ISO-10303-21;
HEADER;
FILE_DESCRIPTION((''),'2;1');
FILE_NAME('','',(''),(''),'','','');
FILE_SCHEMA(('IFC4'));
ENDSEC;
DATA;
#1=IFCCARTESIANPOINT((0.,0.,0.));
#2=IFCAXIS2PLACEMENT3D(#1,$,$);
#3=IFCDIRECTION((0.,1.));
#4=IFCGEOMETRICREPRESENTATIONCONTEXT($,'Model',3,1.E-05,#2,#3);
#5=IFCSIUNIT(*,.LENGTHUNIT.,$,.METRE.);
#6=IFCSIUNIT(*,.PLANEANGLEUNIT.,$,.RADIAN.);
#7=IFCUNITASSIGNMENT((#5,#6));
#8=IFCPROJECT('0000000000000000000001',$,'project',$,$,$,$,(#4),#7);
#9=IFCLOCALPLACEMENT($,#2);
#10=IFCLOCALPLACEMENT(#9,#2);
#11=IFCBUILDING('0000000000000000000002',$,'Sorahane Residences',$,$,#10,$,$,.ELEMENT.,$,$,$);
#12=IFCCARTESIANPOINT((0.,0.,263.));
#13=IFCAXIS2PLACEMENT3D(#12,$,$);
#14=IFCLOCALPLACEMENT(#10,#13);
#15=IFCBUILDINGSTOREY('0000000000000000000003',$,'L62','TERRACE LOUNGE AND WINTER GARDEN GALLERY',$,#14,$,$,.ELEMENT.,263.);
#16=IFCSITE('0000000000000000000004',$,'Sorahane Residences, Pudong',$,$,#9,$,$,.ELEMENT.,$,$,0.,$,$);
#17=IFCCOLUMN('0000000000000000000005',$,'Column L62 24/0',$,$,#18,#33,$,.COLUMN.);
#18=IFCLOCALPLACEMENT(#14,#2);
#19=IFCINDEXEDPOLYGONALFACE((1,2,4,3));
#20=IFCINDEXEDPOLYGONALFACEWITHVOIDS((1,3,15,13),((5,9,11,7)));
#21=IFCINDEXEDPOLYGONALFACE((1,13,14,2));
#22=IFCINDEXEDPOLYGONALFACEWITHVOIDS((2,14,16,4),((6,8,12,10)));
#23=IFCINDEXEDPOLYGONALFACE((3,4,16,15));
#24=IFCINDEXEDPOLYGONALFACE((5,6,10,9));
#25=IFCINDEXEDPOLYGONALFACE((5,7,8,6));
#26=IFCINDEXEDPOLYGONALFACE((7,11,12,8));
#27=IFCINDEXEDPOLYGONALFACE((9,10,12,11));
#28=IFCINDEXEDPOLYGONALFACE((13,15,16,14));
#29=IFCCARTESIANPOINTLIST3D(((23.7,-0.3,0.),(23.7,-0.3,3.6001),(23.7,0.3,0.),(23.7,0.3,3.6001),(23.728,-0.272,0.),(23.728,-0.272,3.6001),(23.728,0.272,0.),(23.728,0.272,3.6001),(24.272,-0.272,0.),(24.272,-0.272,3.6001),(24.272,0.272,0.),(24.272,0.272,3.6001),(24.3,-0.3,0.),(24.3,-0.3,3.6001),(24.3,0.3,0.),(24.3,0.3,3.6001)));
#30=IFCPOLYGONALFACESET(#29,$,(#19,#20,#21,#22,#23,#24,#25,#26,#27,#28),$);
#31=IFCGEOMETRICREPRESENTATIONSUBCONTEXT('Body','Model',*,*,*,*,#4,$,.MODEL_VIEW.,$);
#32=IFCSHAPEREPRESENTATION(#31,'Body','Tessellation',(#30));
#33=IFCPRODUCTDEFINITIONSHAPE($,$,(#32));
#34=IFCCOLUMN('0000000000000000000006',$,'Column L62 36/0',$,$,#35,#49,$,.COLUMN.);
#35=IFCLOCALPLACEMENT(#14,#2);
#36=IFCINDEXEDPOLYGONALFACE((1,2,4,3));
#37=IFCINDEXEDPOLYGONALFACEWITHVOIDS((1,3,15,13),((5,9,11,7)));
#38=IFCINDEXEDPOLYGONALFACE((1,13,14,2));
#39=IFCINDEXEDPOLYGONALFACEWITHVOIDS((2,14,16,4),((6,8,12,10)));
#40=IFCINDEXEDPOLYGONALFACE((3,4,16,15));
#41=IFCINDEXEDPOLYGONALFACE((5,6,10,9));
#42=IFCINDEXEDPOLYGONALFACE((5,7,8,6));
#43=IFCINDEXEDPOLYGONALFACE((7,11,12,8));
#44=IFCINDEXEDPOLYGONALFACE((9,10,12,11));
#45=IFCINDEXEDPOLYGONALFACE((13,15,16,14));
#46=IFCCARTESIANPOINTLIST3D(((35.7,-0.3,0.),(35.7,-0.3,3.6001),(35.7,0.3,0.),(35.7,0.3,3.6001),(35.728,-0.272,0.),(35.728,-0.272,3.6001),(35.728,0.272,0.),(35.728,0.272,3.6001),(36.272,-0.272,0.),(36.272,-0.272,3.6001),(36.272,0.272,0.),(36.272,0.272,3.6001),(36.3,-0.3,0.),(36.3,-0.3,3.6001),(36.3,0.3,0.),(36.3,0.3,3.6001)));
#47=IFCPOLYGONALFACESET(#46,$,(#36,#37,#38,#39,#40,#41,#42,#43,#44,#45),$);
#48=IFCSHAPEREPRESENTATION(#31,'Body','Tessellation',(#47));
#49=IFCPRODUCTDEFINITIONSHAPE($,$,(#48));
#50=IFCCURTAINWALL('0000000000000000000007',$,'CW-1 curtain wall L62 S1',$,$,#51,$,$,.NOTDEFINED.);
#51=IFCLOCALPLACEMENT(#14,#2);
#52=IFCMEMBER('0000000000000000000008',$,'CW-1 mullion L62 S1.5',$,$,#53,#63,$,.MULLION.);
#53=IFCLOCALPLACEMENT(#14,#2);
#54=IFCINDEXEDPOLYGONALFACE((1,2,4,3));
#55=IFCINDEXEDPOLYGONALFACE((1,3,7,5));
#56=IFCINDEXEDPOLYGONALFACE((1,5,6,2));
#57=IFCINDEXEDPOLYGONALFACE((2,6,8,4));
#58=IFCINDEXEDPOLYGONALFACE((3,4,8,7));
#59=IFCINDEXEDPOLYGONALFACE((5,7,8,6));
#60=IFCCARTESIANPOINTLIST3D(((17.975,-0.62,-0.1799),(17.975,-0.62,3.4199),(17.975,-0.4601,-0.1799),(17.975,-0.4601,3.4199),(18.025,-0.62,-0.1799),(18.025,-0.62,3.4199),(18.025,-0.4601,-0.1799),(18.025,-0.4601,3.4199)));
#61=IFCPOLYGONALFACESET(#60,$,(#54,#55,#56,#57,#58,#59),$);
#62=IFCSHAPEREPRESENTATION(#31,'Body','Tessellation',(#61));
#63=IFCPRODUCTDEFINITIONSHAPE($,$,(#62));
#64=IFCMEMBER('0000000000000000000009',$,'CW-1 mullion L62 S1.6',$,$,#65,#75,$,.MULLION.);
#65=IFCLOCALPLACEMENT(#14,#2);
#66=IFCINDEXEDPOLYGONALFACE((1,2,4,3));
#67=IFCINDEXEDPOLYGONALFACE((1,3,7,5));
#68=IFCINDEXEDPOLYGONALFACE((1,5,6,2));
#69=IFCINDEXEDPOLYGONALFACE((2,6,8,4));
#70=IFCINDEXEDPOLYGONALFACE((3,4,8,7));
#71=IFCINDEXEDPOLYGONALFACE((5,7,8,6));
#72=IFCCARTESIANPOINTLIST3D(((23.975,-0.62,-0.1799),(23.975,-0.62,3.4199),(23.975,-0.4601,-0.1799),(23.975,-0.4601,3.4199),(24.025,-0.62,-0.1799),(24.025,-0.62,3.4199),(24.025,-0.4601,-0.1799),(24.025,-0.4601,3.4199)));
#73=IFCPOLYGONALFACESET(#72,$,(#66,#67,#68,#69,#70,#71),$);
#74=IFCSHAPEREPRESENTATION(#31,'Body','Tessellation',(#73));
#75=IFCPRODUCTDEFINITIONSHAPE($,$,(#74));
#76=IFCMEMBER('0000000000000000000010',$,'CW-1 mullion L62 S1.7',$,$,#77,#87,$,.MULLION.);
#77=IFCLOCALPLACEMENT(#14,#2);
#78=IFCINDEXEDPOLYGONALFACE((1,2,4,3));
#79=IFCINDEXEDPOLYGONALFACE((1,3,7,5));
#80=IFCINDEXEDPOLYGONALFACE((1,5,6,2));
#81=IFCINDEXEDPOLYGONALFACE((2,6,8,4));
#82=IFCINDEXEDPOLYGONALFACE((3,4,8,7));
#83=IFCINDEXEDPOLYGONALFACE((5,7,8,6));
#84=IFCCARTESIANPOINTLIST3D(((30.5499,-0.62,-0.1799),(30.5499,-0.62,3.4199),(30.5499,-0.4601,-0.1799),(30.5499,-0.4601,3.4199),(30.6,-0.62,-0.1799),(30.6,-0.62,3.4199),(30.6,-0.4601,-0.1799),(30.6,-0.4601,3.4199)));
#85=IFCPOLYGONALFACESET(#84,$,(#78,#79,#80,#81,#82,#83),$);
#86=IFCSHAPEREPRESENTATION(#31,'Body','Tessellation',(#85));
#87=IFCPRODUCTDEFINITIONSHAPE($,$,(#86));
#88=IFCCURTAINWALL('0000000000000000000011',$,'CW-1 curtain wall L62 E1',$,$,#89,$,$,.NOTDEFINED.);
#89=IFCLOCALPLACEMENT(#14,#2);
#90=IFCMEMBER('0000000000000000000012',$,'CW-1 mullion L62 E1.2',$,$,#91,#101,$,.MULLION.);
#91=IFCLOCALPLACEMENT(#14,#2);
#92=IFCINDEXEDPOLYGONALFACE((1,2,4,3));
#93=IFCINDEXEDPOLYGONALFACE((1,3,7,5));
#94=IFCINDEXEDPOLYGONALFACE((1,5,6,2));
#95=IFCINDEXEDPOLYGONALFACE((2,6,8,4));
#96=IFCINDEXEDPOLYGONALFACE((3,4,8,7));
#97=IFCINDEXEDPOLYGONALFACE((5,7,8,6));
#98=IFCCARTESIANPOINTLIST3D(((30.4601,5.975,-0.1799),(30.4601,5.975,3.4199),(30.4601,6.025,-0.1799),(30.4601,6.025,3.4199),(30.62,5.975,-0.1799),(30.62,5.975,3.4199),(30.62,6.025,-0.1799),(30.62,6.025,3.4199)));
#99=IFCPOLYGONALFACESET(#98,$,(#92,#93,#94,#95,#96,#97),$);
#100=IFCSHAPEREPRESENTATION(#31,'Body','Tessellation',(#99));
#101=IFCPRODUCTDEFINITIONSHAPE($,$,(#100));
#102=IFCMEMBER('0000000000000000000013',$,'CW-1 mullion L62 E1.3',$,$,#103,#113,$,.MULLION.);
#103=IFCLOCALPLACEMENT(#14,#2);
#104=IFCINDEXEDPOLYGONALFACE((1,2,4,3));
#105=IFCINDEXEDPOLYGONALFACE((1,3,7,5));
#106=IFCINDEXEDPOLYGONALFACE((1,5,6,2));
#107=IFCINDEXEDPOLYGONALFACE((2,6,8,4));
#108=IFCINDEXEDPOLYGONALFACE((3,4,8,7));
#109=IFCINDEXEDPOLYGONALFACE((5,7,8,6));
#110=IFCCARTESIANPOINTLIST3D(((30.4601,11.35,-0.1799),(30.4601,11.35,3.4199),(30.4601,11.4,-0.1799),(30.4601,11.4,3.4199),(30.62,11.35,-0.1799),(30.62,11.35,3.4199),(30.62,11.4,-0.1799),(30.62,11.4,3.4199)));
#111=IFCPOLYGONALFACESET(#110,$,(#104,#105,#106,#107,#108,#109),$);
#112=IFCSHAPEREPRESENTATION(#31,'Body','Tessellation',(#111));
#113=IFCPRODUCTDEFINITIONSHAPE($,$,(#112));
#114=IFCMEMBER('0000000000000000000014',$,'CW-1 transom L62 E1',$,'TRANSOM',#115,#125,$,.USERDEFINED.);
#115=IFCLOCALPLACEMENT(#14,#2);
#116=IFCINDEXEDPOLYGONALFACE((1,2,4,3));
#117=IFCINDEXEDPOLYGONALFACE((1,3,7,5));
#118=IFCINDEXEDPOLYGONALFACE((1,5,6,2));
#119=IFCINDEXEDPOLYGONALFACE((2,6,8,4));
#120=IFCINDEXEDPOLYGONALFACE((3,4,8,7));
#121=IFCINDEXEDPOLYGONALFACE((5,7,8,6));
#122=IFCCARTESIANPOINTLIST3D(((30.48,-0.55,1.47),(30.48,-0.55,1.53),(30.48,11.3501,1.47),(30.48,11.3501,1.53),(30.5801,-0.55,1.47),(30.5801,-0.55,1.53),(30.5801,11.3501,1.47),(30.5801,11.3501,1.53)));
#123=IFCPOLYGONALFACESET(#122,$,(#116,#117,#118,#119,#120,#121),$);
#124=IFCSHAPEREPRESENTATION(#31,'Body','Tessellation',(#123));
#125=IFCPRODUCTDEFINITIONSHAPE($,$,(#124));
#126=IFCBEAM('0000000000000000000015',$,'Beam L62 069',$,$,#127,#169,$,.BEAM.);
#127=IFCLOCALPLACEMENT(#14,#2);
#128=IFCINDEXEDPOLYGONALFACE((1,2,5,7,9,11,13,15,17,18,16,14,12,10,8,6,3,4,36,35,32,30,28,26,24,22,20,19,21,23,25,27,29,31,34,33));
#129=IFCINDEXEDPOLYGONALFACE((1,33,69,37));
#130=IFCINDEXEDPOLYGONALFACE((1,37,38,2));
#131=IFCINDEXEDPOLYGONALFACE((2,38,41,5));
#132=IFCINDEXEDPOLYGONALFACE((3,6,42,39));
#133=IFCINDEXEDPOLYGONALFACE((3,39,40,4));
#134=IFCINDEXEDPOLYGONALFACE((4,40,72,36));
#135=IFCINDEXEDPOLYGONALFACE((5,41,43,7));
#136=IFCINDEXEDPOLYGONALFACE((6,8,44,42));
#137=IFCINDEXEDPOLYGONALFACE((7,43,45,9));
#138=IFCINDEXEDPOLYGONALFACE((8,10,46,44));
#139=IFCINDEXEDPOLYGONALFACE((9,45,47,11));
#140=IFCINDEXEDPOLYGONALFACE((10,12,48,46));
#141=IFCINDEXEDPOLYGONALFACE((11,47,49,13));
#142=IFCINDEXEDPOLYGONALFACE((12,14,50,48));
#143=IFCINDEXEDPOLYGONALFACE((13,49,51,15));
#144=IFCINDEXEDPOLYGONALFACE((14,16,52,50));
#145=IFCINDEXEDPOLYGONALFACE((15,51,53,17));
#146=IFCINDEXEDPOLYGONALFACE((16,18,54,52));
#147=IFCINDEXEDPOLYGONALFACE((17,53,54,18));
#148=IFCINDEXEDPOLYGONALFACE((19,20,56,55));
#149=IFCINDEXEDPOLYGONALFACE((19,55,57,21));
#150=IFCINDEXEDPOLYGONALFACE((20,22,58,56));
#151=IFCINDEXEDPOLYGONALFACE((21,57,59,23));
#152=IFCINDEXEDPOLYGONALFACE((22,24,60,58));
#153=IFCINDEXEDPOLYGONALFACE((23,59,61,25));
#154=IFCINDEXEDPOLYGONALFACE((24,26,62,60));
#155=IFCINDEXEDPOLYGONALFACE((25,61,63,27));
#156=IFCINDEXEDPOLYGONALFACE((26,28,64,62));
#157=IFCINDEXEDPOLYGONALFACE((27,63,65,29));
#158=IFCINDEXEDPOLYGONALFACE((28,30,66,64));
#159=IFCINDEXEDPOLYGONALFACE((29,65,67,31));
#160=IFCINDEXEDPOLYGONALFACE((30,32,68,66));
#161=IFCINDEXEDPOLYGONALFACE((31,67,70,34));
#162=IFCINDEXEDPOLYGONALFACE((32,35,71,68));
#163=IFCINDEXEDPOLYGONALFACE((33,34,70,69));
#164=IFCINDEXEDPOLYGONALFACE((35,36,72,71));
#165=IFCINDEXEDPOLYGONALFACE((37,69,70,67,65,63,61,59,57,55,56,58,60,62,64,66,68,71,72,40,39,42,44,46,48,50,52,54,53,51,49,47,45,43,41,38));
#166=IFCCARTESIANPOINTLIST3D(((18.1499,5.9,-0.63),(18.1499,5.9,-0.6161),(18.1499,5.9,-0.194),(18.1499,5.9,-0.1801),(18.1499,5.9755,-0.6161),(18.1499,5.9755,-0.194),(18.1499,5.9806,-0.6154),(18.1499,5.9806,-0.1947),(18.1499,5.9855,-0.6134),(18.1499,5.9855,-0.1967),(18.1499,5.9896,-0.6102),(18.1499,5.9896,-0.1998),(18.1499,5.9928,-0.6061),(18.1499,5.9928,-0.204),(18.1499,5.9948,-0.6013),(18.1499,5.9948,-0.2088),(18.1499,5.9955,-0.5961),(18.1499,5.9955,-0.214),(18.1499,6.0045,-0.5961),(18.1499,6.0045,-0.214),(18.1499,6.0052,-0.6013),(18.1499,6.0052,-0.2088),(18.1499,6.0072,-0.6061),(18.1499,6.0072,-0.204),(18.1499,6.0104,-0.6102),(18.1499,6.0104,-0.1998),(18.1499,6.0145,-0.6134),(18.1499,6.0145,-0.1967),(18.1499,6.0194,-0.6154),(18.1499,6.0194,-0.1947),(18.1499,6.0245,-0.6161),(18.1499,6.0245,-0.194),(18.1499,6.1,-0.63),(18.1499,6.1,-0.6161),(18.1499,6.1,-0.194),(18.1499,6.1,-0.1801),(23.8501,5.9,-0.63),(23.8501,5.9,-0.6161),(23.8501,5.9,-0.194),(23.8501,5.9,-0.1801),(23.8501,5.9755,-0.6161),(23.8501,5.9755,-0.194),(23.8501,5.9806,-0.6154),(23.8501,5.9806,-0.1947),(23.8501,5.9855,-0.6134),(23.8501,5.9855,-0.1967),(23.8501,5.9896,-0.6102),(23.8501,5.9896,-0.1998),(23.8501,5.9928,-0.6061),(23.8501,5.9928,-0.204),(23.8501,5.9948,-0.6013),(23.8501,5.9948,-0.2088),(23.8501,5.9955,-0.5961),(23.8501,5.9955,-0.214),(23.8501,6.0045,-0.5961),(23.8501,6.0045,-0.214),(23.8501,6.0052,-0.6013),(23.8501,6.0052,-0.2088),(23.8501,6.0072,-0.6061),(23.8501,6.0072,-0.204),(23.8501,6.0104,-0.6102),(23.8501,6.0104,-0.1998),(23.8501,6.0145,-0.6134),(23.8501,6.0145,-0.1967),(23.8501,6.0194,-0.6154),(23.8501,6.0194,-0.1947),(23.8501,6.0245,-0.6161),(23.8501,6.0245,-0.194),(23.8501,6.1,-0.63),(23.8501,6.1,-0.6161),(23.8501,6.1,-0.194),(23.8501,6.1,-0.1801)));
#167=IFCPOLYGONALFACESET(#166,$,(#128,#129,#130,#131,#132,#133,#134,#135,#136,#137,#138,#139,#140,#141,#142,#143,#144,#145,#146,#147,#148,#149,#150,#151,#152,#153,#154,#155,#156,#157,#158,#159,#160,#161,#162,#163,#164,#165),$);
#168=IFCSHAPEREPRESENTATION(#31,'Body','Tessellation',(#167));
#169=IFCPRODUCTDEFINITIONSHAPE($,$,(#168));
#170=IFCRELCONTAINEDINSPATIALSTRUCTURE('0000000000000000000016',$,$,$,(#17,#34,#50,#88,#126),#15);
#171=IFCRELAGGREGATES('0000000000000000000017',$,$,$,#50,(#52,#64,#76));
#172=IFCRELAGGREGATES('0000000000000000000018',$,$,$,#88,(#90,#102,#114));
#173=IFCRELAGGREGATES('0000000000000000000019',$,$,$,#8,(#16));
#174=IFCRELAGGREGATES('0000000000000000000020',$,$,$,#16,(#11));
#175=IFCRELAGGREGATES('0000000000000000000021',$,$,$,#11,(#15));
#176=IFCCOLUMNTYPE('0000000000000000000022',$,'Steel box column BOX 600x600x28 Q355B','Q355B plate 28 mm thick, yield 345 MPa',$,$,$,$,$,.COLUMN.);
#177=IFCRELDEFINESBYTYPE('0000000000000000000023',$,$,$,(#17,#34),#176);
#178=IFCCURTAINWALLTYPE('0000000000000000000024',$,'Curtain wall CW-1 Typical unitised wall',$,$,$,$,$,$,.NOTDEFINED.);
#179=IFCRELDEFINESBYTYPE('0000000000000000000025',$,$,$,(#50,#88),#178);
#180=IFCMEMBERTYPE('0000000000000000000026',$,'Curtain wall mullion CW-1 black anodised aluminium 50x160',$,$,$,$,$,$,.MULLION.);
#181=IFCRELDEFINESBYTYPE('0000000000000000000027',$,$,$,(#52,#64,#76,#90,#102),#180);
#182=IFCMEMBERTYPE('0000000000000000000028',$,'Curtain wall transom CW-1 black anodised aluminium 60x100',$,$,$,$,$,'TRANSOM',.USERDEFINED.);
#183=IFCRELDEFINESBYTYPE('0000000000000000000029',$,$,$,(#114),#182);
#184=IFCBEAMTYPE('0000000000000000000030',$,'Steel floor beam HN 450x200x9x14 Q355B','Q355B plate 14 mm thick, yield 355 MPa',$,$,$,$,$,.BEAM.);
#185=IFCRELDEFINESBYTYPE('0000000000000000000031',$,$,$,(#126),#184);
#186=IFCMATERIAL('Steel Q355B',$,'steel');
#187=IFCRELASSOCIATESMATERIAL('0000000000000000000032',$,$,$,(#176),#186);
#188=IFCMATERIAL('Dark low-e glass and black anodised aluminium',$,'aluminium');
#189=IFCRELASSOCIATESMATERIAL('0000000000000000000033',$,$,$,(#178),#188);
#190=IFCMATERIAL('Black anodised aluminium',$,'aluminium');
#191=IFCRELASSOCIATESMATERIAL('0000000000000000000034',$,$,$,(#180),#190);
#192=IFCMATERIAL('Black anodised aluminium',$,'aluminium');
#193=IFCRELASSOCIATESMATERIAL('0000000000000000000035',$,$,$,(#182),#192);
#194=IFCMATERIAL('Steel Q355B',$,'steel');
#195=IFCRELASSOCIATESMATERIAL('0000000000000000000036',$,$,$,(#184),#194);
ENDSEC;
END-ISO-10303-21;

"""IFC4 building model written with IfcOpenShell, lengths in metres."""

from ifc_helpers import new_model, si_unit, direction, frame, origin, origin_2d, place, context, subcontext, project, spatial, rectangle, hollow_rectangle, i_section, extrude, material, material_profile, profile_set, type_object, element, aggregate, save


model = new_model("IFC4")

# Units and contexts
model_context = context("Model", 3, precision=1e-05, world=origin(), true_north=direction((0.0, 1.0)))
body_context = subcontext(model_context, "Body", "Model", "MODEL_VIEW")
ifc_project = project(units=[si_unit("LENGTHUNIT", "METRE"), si_unit("PLANEANGLEUNIT", "RADIAN")], contexts=[model_context])

# Site, building, storey
site_placement = place(None, origin())
site = spatial("IfcSite", under=ifc_project, at=site_placement, Name="Sorahane Residences, Pudong", CompositionType="ELEMENT", RefElevation=0.0)
building_placement = place(site_placement, origin())
building = spatial("IfcBuilding", under=site, at=building_placement, Name="Sorahane Residences", CompositionType="ELEMENT")
storey_placement = place(building_placement, frame((0.0, 0.0, 263.0)))
storey = spatial("IfcBuildingStorey", under=building, at=storey_placement, Name="L62", Description="TERRACE LOUNGE AND WINTER GARDEN GALLERY", CompositionType="ELEMENT", Elevation=263.0)

# Columns
ifc_material_1 = material(Name="Steel Q355B", Category="steel")
ifc_material_profile_1 = material_profile(ifc_material_1, hollow_rectangle(XDim=0.6001, YDim=0.6001, WallThickness=0.0281, at=origin_2d()), Name="BOX 600x600x28")
ifc_profile_set_1 = profile_set([ifc_material_profile_1], Name="Steel Q355B")
column_type = type_object("IfcColumnType", Name="Steel box column BOX 600x600x28 Q355B", Description="Q355B plate 28 mm thick, yield 345 MPa", PredefinedType="COLUMN", material=ifc_profile_set_1)
for number, where, z_axis, x_axis, name in (
    (1, (24.0, 0.0, 0.0), (0.0, 0.0, 1.0), (1.0, 0.0, 0.0), "Column L62 24/0"),
    (2, (36.0, 0.0, 0.0), (0.0, 0.0, 1.0), (1.0, 0.0, 0.0), "Column L62 36/0"),
):
    element("IfcColumn", number, at=place(storey_placement, frame(where, z_axis=z_axis, x_axis=x_axis)), inside=storey, type_object=column_type, Name=name, PredefinedType="COLUMN", context=body_context, shape_type="SweptSolid", body=[
        extrude(hollow_rectangle(XDim=0.6001, YDim=0.6001, WallThickness=0.0281, at=origin_2d()), origin(), (0.0, 0.0, 1.0), 3.6001),
    ])

# Curtain walls, members
ifc_material_2 = material(Name="Dark low-e glass and black anodised aluminium", Category="aluminium")
curtain_wall_type = type_object("IfcCurtainWallType", Name="Curtain wall CW-1 Typical unitised wall", PredefinedType="NOTDEFINED", material=ifc_material_2)
curtain_wall_1_placement = place(storey_placement, origin())
curtain_wall_1 = element("IfcCurtainWall", 3, at=curtain_wall_1_placement, inside=storey, type_object=curtain_wall_type, Name="CW-1 curtain wall L62 S1", PredefinedType="NOTDEFINED")
ifc_material_3 = material(Name="Black anodised aluminium", Category="aluminium")
ifc_material_profile_2 = material_profile(ifc_material_3, rectangle(XDim=0.1599, YDim=0.05, at=origin_2d()), Name="Curtain wall mullion CW-1 black anodised aluminium 50x160")
ifc_profile_set_2 = profile_set([ifc_material_profile_2], Name="Black anodised aluminium")
member_type_1 = type_object("IfcMemberType", Name="Curtain wall mullion CW-1 black anodised aluminium 50x160", PredefinedType="MULLION", material=ifc_profile_set_2)
member_1_placement = place(storey_placement, frame((18.0, -0.54, -0.1799), z_axis=(0.0, 0.0, 1.0), x_axis=(0.0, -1.0, 0.0)))
member_1 = element("IfcMember", 4, at=member_1_placement, type_object=member_type_1, Name="CW-1 mullion L62 S1.5", PredefinedType="MULLION", context=body_context, shape_type="SweptSolid", body=[
    extrude(rectangle(XDim=0.1599, YDim=0.05, at=origin_2d()), origin(), (0.0, 0.0, 1.0), 3.5999),
])
member_2_placement = place(storey_placement, frame((24.0, -0.54, -0.1799), z_axis=(0.0, 0.0, 1.0), x_axis=(0.0, -1.0, 0.0)))
member_2 = element("IfcMember", 5, at=member_2_placement, type_object=member_type_1, Name="CW-1 mullion L62 S1.6", PredefinedType="MULLION", context=body_context, shape_type="SweptSolid", body=[
    extrude(rectangle(XDim=0.1599, YDim=0.05, at=origin_2d()), origin(), (0.0, 0.0, 1.0), 3.5999),
])
member_3_placement = place(storey_placement, frame((30.575, -0.54, -0.1799), z_axis=(0.0, 0.0, 1.0), x_axis=(0.0, -1.0, 0.0)))
member_3 = element("IfcMember", 6, at=member_3_placement, type_object=member_type_1, Name="CW-1 mullion L62 S1.7", PredefinedType="MULLION", context=body_context, shape_type="SweptSolid", body=[
    extrude(rectangle(XDim=0.1599, YDim=0.05, at=origin_2d()), origin(), (0.0, 0.0, 1.0), 3.5999),
])
curtain_wall_2_placement = place(storey_placement, origin())
curtain_wall_2 = element("IfcCurtainWall", 7, at=curtain_wall_2_placement, inside=storey, type_object=curtain_wall_type, Name="CW-1 curtain wall L62 E1", PredefinedType="NOTDEFINED")
member_4_placement = place(storey_placement, frame((30.54, 6.0, -0.1799), z_axis=(0.0, 0.0, 1.0), x_axis=(1.0, 0.0, 0.0)))
member_4 = element("IfcMember", 8, at=member_4_placement, type_object=member_type_1, Name="CW-1 mullion L62 E1.2", PredefinedType="MULLION", context=body_context, shape_type="SweptSolid", body=[
    extrude(rectangle(XDim=0.1599, YDim=0.05, at=origin_2d()), origin(), (0.0, 0.0, 1.0), 3.5999),
])
member_5_placement = place(storey_placement, frame((30.54, 11.375, -0.1799), z_axis=(0.0, 0.0, 1.0), x_axis=(1.0, 0.0, 0.0)))
member_5 = element("IfcMember", 9, at=member_5_placement, type_object=member_type_1, Name="CW-1 mullion L62 E1.3", PredefinedType="MULLION", context=body_context, shape_type="SweptSolid", body=[
    extrude(rectangle(XDim=0.1599, YDim=0.05, at=origin_2d()), origin(), (0.0, 0.0, 1.0), 3.5999),
])
ifc_material_4 = material(Name="Black anodised aluminium", Category="aluminium")
ifc_material_profile_3 = material_profile(ifc_material_4, rectangle(XDim=0.1001, YDim=0.0601, at=origin_2d()), Name="Curtain wall transom CW-1 black anodised aluminium 60x100")
ifc_profile_set_3 = profile_set([ifc_material_profile_3], Name="Black anodised aluminium")
member_type_2 = type_object("IfcMemberType", Name="Curtain wall transom CW-1 black anodised aluminium 60x100", ElementType="TRANSOM", PredefinedType="USERDEFINED", material=ifc_profile_set_3)
member_6_placement = place(storey_placement, frame((30.53, -0.55, 1.5), z_axis=(0.0, 1.0, 0.0), x_axis=(-1.0, 0.0, 0.0)))
member_6 = element("IfcMember", 10, at=member_6_placement, type_object=member_type_2, Name="CW-1 transom L62 E1", ObjectType="TRANSOM", PredefinedType="USERDEFINED", context=body_context, shape_type="SweptSolid", body=[
    extrude(rectangle(XDim=0.1001, YDim=0.0601, at=origin_2d()), origin(), (0.0, 0.0, 1.0), 11.9001),
])

# Beam
ifc_material_5 = material(Name="Steel Q355B", Category="steel")
ifc_material_profile_4 = material_profile(ifc_material_5, i_section(OverallWidth=0.2, OverallDepth=0.45, WebThickness=0.009, FlangeThickness=0.0139, FilletRadius=0.02, at=origin_2d()), Name="HN 450x200x9x14")
ifc_profile_set_4 = profile_set([ifc_material_profile_4], Name="Steel Q355B")
beam_type_1 = type_object("IfcBeamType", Name="Steel floor beam HN 450x200x9x14 Q355B", Description="Q355B plate 14 mm thick, yield 355 MPa", PredefinedType="BEAM", material=ifc_profile_set_4)
beam_1_placement = place(storey_placement, frame((18.1499, 6.0, -0.405), z_axis=(1.0, 0.0, 0.0), x_axis=(0.0, 1.0, 0.0)))
element("IfcBeam", 11, at=beam_1_placement, inside=storey, type_object=beam_type_1, Name="Beam L62 069", PredefinedType="BEAM", context=body_context, shape_type="SweptSolid", body=[
    extrude(i_section(OverallWidth=0.2, OverallDepth=0.45, WebThickness=0.009, FlangeThickness=0.0139, FilletRadius=0.02, at=origin_2d()), origin(), (0.0, 0.0, 1.0), 5.7002),
])

aggregate(curtain_wall_1, [member_1, member_2, member_3])
aggregate(curtain_wall_2, [member_4, member_5, member_6])

save(model, "model.ifc")
